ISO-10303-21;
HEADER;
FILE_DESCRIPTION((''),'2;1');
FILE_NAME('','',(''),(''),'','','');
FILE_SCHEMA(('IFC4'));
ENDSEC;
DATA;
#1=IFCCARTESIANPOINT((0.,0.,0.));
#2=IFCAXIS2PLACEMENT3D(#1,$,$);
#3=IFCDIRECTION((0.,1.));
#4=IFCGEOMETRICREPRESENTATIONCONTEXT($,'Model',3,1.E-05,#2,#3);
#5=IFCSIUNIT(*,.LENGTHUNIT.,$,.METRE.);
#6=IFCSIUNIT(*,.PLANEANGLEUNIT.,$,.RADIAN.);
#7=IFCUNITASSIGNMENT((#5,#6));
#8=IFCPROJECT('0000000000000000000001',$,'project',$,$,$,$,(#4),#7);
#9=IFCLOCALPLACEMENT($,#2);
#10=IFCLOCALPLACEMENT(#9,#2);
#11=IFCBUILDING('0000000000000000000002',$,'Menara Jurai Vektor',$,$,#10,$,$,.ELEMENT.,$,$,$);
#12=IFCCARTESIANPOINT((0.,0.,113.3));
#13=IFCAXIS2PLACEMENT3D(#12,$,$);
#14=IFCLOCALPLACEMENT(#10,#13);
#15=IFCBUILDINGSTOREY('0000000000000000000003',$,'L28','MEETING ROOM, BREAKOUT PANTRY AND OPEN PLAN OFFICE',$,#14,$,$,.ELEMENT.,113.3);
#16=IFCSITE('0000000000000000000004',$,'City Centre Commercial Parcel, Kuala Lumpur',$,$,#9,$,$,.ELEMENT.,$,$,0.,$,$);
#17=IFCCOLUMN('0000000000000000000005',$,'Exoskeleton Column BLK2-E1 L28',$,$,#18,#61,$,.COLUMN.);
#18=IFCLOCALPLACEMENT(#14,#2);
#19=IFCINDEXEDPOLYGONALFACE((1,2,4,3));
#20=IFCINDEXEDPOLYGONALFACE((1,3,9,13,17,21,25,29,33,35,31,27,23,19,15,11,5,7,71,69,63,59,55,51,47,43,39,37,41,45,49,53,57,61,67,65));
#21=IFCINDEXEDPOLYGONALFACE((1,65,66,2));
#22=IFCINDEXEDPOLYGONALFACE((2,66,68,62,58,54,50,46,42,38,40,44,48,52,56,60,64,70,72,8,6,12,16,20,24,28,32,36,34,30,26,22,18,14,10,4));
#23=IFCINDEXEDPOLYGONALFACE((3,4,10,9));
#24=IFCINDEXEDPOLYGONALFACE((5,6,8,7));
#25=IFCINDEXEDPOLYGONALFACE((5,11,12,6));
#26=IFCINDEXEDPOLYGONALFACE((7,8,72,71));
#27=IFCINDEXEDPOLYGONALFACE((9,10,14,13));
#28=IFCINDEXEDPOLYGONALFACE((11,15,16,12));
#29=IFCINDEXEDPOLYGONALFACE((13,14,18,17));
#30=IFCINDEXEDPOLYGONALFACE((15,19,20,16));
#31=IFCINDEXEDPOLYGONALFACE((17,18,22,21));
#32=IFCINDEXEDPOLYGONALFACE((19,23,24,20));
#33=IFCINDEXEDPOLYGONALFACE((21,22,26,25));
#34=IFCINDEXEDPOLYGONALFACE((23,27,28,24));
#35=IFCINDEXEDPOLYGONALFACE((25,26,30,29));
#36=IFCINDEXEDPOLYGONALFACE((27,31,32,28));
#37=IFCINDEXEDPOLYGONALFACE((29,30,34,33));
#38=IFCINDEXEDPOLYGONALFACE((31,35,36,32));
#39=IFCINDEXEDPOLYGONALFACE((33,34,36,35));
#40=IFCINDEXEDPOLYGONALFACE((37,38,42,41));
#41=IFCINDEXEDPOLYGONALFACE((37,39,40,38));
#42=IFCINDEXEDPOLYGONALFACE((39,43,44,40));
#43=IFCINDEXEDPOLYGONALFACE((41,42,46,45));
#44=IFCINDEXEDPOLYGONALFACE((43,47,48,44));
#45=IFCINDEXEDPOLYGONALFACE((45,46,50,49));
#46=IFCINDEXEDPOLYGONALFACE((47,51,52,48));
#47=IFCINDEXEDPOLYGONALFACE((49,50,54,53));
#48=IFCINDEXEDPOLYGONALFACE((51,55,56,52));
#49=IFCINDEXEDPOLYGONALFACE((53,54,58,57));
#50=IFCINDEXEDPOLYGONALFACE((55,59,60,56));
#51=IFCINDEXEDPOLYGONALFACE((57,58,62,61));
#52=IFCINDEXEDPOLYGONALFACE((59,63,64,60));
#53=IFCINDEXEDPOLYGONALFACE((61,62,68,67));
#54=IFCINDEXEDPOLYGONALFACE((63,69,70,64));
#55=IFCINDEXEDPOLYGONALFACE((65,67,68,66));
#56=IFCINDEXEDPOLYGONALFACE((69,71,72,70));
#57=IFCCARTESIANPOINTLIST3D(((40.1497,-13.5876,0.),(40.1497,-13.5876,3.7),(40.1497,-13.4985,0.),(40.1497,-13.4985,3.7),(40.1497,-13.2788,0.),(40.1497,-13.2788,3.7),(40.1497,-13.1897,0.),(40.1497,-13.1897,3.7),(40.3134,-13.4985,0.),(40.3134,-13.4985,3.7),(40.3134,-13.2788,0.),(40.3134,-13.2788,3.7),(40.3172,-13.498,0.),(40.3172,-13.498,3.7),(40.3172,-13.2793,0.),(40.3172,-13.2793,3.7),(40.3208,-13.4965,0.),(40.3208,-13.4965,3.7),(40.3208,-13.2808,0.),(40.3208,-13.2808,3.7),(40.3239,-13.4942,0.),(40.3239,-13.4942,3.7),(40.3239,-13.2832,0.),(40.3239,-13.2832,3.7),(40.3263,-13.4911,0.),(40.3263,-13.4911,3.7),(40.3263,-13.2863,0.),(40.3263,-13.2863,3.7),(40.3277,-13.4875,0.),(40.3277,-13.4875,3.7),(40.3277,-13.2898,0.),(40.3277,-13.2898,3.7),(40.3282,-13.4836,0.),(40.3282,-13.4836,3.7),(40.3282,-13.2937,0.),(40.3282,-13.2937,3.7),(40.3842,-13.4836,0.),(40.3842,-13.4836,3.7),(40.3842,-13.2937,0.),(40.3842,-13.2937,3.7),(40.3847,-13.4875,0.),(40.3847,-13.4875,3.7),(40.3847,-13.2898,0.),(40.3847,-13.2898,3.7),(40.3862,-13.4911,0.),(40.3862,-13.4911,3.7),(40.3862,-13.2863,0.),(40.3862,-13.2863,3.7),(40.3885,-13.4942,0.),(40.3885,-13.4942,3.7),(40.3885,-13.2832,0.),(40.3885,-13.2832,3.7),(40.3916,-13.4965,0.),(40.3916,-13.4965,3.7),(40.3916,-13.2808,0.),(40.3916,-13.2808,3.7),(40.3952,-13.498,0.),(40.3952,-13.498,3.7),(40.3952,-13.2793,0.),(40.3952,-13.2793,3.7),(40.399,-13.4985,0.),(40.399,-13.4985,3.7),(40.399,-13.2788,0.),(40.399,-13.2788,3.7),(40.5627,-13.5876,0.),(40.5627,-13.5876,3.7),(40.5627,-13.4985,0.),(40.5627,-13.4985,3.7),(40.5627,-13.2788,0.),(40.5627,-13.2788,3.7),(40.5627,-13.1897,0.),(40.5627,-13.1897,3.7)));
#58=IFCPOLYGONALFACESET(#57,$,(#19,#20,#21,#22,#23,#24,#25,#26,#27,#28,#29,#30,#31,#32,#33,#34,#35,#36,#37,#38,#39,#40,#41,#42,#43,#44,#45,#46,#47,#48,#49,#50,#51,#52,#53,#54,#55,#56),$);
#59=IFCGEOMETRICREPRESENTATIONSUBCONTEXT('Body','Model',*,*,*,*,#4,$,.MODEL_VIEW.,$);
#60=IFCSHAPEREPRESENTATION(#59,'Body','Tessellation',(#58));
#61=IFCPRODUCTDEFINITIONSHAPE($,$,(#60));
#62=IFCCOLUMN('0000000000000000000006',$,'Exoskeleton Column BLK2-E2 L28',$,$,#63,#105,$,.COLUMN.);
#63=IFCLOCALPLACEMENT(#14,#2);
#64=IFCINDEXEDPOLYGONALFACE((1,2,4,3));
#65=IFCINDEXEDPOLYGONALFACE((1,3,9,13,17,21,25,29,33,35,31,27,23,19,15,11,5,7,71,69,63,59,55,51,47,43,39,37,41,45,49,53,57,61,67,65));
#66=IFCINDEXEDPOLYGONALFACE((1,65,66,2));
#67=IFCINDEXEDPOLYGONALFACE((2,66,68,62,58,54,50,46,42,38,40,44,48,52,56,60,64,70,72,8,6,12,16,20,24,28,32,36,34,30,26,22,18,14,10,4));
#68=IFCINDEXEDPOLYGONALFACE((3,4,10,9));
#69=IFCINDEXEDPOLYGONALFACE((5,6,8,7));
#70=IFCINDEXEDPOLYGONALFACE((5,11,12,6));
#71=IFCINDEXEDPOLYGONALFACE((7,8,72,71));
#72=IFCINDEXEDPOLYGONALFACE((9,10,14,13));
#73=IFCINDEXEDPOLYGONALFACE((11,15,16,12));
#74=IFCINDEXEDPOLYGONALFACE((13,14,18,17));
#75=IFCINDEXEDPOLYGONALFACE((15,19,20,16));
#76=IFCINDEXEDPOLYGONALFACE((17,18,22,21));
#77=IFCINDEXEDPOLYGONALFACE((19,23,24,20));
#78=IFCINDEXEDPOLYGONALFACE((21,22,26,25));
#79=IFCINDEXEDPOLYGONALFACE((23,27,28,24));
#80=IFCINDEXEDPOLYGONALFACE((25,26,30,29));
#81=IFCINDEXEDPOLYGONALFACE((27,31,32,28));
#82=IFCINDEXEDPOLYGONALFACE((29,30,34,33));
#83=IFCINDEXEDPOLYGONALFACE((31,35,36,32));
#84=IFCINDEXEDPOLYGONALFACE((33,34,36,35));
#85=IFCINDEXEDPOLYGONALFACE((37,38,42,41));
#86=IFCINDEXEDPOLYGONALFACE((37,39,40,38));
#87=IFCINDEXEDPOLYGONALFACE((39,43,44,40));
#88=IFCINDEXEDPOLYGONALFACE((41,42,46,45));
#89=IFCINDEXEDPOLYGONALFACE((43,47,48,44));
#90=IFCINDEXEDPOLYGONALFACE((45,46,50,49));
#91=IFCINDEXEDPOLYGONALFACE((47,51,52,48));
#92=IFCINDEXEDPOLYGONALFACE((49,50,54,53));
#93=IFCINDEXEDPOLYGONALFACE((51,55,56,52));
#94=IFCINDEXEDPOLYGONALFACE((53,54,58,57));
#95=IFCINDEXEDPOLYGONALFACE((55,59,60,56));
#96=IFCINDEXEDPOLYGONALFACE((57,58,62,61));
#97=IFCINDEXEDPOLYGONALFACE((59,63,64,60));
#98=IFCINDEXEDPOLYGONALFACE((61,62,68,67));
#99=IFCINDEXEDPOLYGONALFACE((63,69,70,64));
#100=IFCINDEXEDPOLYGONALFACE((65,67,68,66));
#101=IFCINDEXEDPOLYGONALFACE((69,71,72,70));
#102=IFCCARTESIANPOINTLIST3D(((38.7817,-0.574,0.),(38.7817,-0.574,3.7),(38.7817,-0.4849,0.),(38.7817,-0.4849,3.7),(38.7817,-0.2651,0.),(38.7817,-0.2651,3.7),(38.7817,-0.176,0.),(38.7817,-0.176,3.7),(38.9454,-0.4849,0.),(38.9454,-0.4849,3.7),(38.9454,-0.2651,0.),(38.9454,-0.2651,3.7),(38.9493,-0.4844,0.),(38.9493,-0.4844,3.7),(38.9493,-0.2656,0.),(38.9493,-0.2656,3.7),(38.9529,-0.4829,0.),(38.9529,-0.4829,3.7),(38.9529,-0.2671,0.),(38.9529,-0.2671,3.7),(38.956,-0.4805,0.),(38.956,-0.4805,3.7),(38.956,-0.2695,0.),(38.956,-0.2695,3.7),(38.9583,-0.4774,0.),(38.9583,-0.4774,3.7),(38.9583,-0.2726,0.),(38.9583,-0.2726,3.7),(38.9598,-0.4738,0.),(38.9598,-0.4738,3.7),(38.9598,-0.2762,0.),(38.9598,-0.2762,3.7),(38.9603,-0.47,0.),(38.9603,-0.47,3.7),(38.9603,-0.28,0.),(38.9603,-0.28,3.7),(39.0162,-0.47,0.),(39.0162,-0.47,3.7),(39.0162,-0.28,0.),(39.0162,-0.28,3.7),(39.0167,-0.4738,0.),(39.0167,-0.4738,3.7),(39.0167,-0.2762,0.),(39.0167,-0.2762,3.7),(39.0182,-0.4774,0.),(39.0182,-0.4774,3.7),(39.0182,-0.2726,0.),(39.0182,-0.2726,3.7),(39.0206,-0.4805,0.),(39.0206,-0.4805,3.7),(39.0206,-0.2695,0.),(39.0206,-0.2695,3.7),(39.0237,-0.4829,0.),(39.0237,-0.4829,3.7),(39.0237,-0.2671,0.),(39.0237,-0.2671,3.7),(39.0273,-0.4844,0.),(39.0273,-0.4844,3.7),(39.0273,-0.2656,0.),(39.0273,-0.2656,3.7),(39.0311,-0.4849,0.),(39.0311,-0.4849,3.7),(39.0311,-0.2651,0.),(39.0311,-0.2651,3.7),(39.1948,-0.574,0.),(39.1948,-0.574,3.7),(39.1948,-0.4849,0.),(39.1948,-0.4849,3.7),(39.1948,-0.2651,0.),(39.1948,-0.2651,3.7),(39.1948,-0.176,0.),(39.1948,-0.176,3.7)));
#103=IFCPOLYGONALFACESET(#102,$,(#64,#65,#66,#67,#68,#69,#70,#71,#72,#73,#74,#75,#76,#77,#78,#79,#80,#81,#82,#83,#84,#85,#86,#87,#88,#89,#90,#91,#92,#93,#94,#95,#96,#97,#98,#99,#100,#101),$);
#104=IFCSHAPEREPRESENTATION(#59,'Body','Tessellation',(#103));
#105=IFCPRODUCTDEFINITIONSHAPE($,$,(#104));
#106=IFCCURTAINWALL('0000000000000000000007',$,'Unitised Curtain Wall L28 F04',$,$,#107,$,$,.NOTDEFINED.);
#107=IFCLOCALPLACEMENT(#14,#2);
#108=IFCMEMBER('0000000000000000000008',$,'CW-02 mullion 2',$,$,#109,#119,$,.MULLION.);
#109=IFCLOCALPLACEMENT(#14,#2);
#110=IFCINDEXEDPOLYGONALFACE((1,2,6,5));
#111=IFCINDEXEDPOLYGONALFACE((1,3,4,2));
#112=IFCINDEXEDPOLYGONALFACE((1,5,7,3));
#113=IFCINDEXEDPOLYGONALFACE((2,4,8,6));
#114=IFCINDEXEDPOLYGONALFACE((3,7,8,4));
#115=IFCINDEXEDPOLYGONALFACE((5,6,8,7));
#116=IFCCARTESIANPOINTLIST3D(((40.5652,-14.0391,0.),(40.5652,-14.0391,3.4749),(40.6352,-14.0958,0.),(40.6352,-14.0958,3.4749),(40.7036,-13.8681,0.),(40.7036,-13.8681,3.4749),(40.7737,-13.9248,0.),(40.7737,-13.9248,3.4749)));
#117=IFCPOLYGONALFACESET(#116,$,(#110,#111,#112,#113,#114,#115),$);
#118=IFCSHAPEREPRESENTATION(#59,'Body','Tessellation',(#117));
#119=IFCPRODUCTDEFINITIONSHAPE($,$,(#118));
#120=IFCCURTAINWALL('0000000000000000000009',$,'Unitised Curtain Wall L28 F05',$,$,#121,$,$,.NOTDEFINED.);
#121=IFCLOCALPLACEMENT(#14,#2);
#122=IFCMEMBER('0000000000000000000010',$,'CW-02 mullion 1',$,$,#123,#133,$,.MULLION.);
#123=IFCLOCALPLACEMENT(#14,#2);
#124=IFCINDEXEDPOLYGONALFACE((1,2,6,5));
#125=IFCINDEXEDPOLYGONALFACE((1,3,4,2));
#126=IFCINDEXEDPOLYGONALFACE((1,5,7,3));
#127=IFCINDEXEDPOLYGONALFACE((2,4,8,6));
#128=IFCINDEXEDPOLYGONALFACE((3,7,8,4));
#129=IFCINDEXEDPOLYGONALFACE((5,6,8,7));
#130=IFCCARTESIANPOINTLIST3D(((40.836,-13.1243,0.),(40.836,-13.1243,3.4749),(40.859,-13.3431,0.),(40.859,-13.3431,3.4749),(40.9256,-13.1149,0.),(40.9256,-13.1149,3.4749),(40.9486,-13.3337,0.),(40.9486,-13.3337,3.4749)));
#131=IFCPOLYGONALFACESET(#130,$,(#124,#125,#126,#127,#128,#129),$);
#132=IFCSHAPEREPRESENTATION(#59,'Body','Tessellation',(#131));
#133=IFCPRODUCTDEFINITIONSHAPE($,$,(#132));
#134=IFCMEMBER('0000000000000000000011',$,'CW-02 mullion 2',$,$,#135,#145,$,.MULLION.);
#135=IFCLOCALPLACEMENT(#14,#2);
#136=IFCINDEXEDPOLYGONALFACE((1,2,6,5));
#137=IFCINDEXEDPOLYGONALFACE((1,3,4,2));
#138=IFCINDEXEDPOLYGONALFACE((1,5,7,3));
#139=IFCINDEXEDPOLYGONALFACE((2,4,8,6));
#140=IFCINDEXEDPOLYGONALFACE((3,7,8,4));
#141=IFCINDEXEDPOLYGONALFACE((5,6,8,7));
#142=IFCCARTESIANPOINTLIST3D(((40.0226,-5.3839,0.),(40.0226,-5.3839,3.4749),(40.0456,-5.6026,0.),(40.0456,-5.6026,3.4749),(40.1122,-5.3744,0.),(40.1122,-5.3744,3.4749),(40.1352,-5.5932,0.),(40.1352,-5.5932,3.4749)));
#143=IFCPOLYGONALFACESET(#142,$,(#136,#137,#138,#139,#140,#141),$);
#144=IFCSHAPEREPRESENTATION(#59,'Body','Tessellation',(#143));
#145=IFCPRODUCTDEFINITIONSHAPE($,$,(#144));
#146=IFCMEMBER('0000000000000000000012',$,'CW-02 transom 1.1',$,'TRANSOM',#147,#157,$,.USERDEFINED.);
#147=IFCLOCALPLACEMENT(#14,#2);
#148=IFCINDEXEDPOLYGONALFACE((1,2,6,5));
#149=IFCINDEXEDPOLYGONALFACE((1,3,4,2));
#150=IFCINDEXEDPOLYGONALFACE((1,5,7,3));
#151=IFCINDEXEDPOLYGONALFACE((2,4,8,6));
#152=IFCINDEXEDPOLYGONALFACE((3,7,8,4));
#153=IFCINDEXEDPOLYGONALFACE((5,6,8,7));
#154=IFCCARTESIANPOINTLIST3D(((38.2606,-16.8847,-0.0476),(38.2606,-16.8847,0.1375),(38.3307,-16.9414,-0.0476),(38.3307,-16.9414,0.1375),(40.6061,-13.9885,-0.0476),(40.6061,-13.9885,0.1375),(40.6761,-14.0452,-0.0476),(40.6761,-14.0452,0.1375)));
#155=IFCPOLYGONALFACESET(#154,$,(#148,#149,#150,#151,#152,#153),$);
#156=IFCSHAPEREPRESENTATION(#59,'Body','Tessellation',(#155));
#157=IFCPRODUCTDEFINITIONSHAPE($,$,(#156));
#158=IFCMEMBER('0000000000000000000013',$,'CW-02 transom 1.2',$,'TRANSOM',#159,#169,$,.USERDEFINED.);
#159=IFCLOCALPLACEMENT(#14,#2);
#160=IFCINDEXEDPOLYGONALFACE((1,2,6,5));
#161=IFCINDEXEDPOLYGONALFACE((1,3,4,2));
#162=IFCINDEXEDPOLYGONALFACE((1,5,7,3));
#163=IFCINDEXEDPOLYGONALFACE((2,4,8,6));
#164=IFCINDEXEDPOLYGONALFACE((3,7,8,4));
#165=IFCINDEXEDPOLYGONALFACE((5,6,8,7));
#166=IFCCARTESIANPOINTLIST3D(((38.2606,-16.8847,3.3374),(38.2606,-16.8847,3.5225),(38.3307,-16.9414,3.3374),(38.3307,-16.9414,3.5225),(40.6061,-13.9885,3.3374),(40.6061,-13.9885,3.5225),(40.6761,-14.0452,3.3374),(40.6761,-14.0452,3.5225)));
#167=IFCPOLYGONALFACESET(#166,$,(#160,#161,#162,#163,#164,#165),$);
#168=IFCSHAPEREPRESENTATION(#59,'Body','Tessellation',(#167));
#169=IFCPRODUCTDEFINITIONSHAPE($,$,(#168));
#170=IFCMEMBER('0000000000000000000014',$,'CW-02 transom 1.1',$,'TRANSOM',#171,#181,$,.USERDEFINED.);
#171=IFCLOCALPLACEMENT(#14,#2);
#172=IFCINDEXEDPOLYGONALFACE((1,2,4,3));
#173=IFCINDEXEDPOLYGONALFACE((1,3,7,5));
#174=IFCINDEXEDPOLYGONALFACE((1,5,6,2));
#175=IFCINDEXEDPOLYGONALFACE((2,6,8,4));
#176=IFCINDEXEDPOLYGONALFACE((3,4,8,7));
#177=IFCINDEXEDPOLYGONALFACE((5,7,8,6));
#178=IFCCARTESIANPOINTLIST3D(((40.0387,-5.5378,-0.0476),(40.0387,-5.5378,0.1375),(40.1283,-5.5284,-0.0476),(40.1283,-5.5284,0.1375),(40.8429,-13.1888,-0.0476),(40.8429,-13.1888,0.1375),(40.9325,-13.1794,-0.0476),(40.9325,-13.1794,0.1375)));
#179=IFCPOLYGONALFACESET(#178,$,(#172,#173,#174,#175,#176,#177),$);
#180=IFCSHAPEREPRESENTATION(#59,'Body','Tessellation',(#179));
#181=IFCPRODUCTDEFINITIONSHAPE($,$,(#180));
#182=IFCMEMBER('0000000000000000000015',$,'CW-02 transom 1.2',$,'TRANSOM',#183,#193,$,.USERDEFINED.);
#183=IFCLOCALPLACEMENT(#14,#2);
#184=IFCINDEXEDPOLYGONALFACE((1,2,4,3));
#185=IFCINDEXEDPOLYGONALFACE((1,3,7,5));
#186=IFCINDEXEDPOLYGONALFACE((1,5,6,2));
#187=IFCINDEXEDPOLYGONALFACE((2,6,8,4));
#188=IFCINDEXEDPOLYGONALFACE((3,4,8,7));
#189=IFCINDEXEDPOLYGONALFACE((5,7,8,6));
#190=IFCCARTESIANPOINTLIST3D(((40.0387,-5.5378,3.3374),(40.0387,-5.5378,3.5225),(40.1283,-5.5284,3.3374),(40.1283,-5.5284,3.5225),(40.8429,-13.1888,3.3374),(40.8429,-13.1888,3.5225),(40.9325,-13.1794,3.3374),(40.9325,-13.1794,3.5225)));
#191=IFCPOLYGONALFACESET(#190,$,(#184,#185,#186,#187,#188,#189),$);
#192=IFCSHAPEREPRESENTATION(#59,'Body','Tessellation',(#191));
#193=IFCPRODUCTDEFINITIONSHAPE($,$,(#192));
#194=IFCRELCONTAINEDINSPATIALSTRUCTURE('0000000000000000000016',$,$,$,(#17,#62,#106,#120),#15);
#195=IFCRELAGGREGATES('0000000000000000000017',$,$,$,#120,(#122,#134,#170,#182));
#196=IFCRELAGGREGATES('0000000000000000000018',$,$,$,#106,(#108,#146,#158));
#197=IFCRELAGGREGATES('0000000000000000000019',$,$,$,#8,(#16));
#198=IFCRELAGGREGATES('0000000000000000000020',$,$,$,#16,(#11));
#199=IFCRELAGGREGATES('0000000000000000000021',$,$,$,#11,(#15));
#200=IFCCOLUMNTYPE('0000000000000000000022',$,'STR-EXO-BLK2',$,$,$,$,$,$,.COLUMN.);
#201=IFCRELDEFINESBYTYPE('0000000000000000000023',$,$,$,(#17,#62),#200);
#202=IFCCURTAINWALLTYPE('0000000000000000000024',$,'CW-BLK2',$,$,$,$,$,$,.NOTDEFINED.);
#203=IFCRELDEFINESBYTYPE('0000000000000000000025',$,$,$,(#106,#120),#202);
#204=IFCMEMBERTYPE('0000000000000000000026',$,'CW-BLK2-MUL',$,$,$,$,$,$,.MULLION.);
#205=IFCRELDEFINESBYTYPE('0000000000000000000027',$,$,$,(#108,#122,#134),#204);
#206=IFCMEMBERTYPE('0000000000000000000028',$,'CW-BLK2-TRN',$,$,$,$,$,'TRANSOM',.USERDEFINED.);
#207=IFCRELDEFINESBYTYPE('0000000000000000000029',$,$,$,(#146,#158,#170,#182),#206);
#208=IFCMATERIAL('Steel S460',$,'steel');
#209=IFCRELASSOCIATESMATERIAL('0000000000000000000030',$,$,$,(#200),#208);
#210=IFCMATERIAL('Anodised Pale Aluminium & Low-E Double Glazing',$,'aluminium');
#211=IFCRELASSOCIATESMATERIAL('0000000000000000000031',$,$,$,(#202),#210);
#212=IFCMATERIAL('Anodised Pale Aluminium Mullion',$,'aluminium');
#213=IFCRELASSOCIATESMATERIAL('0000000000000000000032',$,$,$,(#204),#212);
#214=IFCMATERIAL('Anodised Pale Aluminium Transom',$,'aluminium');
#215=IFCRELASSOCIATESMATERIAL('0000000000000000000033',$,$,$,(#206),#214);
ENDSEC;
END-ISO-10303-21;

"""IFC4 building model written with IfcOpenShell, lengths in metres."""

from ifc_helpers import new_model, si_unit, direction, frame, origin, origin_2d, place, context, subcontext, project, spatial, rectangle, i_section, extrude, material, material_profile, profile_set, type_object, element, aggregate, save


model = new_model("IFC4")

# Units and contexts
model_context = context("Model", 3, precision=1e-05, world=origin(), true_north=direction((0.0, 1.0)))
body_context = subcontext(model_context, "Body", "Model", "MODEL_VIEW")
ifc_project = project(units=[si_unit("LENGTHUNIT", "METRE"), si_unit("PLANEANGLEUNIT", "RADIAN")], contexts=[model_context])

# Site, building, storey
site_placement = place(None, origin())
site = spatial("IfcSite", under=ifc_project, at=site_placement, Name="City Centre Commercial Parcel, Kuala Lumpur", CompositionType="ELEMENT", RefElevation=0.0)
building_placement = place(site_placement, origin())
building = spatial("IfcBuilding", under=site, at=building_placement, Name="Menara Jurai Vektor", CompositionType="ELEMENT")
storey_placement = place(building_placement, frame((0.0, 0.0, 113.3)))
storey = spatial("IfcBuildingStorey", under=building, at=storey_placement, Name="L28", Description="MEETING ROOM, BREAKOUT PANTRY AND OPEN PLAN OFFICE", CompositionType="ELEMENT", Elevation=113.3)

# Columns
ifc_material_1 = material(Name="Steel S460", Category="steel")
ifc_material_profile_1 = material_profile(ifc_material_1, i_section(OverallWidth=0.4131, OverallDepth=0.3979, WebThickness=0.0559, FlangeThickness=0.0891, FilletRadius=0.0149, at=origin_2d()), Name="HD 400x744")
ifc_profile_set_1 = profile_set([ifc_material_profile_1], Name="Steel S460")
column_type = type_object("IfcColumnType", Name="STR-EXO-BLK2", PredefinedType="COLUMN", material=ifc_profile_set_1)
for number, where, z_axis, x_axis, name in (
    (1, (40.3562, -13.3887, 0.0), (0.0, 0.0, 1.0), (1.0, 0.0, 0.0), "Exoskeleton Column BLK2-E1 L28"),
    (2, (38.9883, -0.375, 0.0), (0.0, 0.0, 1.0), (1.0, 0.0, 0.0), "Exoskeleton Column BLK2-E2 L28"),
):
    element("IfcColumn", number, at=place(storey_placement, frame(where, z_axis=z_axis, x_axis=x_axis)), inside=storey, type_object=column_type, Name=name, PredefinedType="COLUMN", context=body_context, shape_type="SweptSolid", body=[
        extrude(i_section(OverallWidth=0.4131, OverallDepth=0.3979, WebThickness=0.0559, FlangeThickness=0.0891, FilletRadius=0.0149, at=origin_2d()), origin(), (0.0, 0.0, 1.0), 3.7),
    ])

# Curtain wall, member
ifc_material_2 = material(Name="Anodised Pale Aluminium & Low-E Double Glazing", Category="aluminium")
curtain_wall_type = type_object("IfcCurtainWallType", Name="CW-BLK2", PredefinedType="NOTDEFINED", material=ifc_material_2)
curtain_wall_1_placement = place(storey_placement, origin())
curtain_wall_1 = element("IfcCurtainWall", 3, at=curtain_wall_1_placement, inside=storey, type_object=curtain_wall_type, Name="Unitised Curtain Wall L28 F04", PredefinedType="NOTDEFINED")
ifc_material_3 = material(Name="Anodised Pale Aluminium Mullion", Category="aluminium")
ifc_material_profile_2 = material_profile(ifc_material_3, rectangle(XDim=0.0901, YDim=0.22, at=origin_2d()), Name="ALU MUL 90x220")
ifc_profile_set_2 = profile_set([ifc_material_profile_2], Name="Anodised Pale Aluminium Mullion")
member_type_1 = type_object("IfcMemberType", Name="CW-BLK2-MUL", PredefinedType="MULLION", material=ifc_profile_set_2)
member_1_placement = place(storey_placement, frame((40.6694, -13.9819, 0.0), z_axis=(0.0, 0.0, 1.0), x_axis=(-0.777129, 0.629341, 0.0)))
member_1 = element("IfcMember", 4, at=member_1_placement, type_object=member_type_1, Name="CW-02 mullion 2", PredefinedType="MULLION", context=body_context, shape_type="SweptSolid", body=[
    extrude(rectangle(XDim=0.0901, YDim=0.22, at=origin_2d()), origin(), (0.0, 0.0, 1.0), 3.4749),
])

# Curtain wall, members
curtain_wall_2_placement = place(storey_placement, origin())
curtain_wall_2 = element("IfcCurtainWall", 5, at=curtain_wall_2_placement, inside=storey, type_object=curtain_wall_type, Name="Unitised Curtain Wall L28 F05", PredefinedType="NOTDEFINED")
member_2_placement = place(storey_placement, frame((40.8923, -13.229, 0.0), z_axis=(0.0, 0.0, 1.0), x_axis=(-0.994522, -0.10453, 0.0)))
member_2 = element("IfcMember", 6, at=member_2_placement, type_object=member_type_1, Name="CW-02 mullion 1", PredefinedType="MULLION", context=body_context, shape_type="SweptSolid", body=[
    extrude(rectangle(XDim=0.0901, YDim=0.22, at=origin_2d()), origin(), (0.0, 0.0, 1.0), 3.4749),
])
member_3_placement = place(storey_placement, frame((40.0789, -5.4885, 0.0), z_axis=(0.0, 0.0, 1.0), x_axis=(-0.994522, -0.10453, 0.0)))
member_3 = element("IfcMember", 7, at=member_3_placement, type_object=member_type_1, Name="CW-02 mullion 2", PredefinedType="MULLION", context=body_context, shape_type="SweptSolid", body=[
    extrude(rectangle(XDim=0.0901, YDim=0.22, at=origin_2d()), origin(), (0.0, 0.0, 1.0), 3.4749),
])

# Members
ifc_material_4 = material(Name="Anodised Pale Aluminium Transom", Category="aluminium")
ifc_material_profile_3 = material_profile(ifc_material_4, rectangle(XDim=0.0901, YDim=0.1851, at=origin_2d()), Name="ALU TRN 90x185")
ifc_profile_set_3 = profile_set([ifc_material_profile_3], Name="Anodised Pale Aluminium Transom")
member_type_2 = type_object("IfcMemberType", Name="CW-BLK2-TRN", ElementType="TRANSOM", PredefinedType="USERDEFINED", material=ifc_profile_set_3)
member_4_placement = place(storey_placement, frame((38.2957, -16.9131, 0.0449), z_axis=(0.629341, 0.777129, 0.0), x_axis=(-0.777129, 0.629341, 0.0)))
member_4 = element("IfcMember", 8, at=member_4_placement, type_object=member_type_2, Name="CW-02 transom 1.1", ObjectType="TRANSOM", PredefinedType="USERDEFINED", context=body_context, shape_type="SweptSolid", body=[
    extrude(rectangle(XDim=0.0901, YDim=0.1851, at=origin_2d()), origin(), (0.0, 0.0, 1.0), 3.7268),
])
member_5_placement = place(storey_placement, frame((38.2957, -16.9131, 3.4299), z_axis=(0.629341, 0.777129, 0.0), x_axis=(-0.777129, 0.629341, 0.0)))
member_5 = element("IfcMember", 9, at=member_5_placement, type_object=member_type_2, Name="CW-02 transom 1.2", ObjectType="TRANSOM", PredefinedType="USERDEFINED", context=body_context, shape_type="SweptSolid", body=[
    extrude(rectangle(XDim=0.0901, YDim=0.1851, at=origin_2d()), origin(), (0.0, 0.0, 1.0), 3.7268),
])
member_6_placement = place(storey_placement, frame((40.8877, -13.1841, 0.0449), z_axis=(-0.104536, 0.994521, 0.0), x_axis=(-0.994521, -0.104536, 0.0)))
member_6 = element("IfcMember", 10, at=member_6_placement, type_object=member_type_2, Name="CW-02 transom 1.1", ObjectType="TRANSOM", PredefinedType="USERDEFINED", context=body_context, shape_type="SweptSolid", body=[
    extrude(rectangle(XDim=0.0901, YDim=0.1851, at=origin_2d()), origin(), (0.0, 0.0, 1.0), 7.6931),
])
member_7_placement = place(storey_placement, frame((40.8877, -13.1841, 3.4299), z_axis=(-0.104536, 0.994521, 0.0), x_axis=(-0.994521, -0.104536, 0.0)))
member_7 = element("IfcMember", 11, at=member_7_placement, type_object=member_type_2, Name="CW-02 transom 1.2", ObjectType="TRANSOM", PredefinedType="USERDEFINED", context=body_context, shape_type="SweptSolid", body=[
    extrude(rectangle(XDim=0.0901, YDim=0.1851, at=origin_2d()), origin(), (0.0, 0.0, 1.0), 7.6931),
])

aggregate(curtain_wall_2, [member_2, member_3, member_6, member_7])
aggregate(curtain_wall_1, [member_1, member_4, member_5])

save(model, "model.ifc")
